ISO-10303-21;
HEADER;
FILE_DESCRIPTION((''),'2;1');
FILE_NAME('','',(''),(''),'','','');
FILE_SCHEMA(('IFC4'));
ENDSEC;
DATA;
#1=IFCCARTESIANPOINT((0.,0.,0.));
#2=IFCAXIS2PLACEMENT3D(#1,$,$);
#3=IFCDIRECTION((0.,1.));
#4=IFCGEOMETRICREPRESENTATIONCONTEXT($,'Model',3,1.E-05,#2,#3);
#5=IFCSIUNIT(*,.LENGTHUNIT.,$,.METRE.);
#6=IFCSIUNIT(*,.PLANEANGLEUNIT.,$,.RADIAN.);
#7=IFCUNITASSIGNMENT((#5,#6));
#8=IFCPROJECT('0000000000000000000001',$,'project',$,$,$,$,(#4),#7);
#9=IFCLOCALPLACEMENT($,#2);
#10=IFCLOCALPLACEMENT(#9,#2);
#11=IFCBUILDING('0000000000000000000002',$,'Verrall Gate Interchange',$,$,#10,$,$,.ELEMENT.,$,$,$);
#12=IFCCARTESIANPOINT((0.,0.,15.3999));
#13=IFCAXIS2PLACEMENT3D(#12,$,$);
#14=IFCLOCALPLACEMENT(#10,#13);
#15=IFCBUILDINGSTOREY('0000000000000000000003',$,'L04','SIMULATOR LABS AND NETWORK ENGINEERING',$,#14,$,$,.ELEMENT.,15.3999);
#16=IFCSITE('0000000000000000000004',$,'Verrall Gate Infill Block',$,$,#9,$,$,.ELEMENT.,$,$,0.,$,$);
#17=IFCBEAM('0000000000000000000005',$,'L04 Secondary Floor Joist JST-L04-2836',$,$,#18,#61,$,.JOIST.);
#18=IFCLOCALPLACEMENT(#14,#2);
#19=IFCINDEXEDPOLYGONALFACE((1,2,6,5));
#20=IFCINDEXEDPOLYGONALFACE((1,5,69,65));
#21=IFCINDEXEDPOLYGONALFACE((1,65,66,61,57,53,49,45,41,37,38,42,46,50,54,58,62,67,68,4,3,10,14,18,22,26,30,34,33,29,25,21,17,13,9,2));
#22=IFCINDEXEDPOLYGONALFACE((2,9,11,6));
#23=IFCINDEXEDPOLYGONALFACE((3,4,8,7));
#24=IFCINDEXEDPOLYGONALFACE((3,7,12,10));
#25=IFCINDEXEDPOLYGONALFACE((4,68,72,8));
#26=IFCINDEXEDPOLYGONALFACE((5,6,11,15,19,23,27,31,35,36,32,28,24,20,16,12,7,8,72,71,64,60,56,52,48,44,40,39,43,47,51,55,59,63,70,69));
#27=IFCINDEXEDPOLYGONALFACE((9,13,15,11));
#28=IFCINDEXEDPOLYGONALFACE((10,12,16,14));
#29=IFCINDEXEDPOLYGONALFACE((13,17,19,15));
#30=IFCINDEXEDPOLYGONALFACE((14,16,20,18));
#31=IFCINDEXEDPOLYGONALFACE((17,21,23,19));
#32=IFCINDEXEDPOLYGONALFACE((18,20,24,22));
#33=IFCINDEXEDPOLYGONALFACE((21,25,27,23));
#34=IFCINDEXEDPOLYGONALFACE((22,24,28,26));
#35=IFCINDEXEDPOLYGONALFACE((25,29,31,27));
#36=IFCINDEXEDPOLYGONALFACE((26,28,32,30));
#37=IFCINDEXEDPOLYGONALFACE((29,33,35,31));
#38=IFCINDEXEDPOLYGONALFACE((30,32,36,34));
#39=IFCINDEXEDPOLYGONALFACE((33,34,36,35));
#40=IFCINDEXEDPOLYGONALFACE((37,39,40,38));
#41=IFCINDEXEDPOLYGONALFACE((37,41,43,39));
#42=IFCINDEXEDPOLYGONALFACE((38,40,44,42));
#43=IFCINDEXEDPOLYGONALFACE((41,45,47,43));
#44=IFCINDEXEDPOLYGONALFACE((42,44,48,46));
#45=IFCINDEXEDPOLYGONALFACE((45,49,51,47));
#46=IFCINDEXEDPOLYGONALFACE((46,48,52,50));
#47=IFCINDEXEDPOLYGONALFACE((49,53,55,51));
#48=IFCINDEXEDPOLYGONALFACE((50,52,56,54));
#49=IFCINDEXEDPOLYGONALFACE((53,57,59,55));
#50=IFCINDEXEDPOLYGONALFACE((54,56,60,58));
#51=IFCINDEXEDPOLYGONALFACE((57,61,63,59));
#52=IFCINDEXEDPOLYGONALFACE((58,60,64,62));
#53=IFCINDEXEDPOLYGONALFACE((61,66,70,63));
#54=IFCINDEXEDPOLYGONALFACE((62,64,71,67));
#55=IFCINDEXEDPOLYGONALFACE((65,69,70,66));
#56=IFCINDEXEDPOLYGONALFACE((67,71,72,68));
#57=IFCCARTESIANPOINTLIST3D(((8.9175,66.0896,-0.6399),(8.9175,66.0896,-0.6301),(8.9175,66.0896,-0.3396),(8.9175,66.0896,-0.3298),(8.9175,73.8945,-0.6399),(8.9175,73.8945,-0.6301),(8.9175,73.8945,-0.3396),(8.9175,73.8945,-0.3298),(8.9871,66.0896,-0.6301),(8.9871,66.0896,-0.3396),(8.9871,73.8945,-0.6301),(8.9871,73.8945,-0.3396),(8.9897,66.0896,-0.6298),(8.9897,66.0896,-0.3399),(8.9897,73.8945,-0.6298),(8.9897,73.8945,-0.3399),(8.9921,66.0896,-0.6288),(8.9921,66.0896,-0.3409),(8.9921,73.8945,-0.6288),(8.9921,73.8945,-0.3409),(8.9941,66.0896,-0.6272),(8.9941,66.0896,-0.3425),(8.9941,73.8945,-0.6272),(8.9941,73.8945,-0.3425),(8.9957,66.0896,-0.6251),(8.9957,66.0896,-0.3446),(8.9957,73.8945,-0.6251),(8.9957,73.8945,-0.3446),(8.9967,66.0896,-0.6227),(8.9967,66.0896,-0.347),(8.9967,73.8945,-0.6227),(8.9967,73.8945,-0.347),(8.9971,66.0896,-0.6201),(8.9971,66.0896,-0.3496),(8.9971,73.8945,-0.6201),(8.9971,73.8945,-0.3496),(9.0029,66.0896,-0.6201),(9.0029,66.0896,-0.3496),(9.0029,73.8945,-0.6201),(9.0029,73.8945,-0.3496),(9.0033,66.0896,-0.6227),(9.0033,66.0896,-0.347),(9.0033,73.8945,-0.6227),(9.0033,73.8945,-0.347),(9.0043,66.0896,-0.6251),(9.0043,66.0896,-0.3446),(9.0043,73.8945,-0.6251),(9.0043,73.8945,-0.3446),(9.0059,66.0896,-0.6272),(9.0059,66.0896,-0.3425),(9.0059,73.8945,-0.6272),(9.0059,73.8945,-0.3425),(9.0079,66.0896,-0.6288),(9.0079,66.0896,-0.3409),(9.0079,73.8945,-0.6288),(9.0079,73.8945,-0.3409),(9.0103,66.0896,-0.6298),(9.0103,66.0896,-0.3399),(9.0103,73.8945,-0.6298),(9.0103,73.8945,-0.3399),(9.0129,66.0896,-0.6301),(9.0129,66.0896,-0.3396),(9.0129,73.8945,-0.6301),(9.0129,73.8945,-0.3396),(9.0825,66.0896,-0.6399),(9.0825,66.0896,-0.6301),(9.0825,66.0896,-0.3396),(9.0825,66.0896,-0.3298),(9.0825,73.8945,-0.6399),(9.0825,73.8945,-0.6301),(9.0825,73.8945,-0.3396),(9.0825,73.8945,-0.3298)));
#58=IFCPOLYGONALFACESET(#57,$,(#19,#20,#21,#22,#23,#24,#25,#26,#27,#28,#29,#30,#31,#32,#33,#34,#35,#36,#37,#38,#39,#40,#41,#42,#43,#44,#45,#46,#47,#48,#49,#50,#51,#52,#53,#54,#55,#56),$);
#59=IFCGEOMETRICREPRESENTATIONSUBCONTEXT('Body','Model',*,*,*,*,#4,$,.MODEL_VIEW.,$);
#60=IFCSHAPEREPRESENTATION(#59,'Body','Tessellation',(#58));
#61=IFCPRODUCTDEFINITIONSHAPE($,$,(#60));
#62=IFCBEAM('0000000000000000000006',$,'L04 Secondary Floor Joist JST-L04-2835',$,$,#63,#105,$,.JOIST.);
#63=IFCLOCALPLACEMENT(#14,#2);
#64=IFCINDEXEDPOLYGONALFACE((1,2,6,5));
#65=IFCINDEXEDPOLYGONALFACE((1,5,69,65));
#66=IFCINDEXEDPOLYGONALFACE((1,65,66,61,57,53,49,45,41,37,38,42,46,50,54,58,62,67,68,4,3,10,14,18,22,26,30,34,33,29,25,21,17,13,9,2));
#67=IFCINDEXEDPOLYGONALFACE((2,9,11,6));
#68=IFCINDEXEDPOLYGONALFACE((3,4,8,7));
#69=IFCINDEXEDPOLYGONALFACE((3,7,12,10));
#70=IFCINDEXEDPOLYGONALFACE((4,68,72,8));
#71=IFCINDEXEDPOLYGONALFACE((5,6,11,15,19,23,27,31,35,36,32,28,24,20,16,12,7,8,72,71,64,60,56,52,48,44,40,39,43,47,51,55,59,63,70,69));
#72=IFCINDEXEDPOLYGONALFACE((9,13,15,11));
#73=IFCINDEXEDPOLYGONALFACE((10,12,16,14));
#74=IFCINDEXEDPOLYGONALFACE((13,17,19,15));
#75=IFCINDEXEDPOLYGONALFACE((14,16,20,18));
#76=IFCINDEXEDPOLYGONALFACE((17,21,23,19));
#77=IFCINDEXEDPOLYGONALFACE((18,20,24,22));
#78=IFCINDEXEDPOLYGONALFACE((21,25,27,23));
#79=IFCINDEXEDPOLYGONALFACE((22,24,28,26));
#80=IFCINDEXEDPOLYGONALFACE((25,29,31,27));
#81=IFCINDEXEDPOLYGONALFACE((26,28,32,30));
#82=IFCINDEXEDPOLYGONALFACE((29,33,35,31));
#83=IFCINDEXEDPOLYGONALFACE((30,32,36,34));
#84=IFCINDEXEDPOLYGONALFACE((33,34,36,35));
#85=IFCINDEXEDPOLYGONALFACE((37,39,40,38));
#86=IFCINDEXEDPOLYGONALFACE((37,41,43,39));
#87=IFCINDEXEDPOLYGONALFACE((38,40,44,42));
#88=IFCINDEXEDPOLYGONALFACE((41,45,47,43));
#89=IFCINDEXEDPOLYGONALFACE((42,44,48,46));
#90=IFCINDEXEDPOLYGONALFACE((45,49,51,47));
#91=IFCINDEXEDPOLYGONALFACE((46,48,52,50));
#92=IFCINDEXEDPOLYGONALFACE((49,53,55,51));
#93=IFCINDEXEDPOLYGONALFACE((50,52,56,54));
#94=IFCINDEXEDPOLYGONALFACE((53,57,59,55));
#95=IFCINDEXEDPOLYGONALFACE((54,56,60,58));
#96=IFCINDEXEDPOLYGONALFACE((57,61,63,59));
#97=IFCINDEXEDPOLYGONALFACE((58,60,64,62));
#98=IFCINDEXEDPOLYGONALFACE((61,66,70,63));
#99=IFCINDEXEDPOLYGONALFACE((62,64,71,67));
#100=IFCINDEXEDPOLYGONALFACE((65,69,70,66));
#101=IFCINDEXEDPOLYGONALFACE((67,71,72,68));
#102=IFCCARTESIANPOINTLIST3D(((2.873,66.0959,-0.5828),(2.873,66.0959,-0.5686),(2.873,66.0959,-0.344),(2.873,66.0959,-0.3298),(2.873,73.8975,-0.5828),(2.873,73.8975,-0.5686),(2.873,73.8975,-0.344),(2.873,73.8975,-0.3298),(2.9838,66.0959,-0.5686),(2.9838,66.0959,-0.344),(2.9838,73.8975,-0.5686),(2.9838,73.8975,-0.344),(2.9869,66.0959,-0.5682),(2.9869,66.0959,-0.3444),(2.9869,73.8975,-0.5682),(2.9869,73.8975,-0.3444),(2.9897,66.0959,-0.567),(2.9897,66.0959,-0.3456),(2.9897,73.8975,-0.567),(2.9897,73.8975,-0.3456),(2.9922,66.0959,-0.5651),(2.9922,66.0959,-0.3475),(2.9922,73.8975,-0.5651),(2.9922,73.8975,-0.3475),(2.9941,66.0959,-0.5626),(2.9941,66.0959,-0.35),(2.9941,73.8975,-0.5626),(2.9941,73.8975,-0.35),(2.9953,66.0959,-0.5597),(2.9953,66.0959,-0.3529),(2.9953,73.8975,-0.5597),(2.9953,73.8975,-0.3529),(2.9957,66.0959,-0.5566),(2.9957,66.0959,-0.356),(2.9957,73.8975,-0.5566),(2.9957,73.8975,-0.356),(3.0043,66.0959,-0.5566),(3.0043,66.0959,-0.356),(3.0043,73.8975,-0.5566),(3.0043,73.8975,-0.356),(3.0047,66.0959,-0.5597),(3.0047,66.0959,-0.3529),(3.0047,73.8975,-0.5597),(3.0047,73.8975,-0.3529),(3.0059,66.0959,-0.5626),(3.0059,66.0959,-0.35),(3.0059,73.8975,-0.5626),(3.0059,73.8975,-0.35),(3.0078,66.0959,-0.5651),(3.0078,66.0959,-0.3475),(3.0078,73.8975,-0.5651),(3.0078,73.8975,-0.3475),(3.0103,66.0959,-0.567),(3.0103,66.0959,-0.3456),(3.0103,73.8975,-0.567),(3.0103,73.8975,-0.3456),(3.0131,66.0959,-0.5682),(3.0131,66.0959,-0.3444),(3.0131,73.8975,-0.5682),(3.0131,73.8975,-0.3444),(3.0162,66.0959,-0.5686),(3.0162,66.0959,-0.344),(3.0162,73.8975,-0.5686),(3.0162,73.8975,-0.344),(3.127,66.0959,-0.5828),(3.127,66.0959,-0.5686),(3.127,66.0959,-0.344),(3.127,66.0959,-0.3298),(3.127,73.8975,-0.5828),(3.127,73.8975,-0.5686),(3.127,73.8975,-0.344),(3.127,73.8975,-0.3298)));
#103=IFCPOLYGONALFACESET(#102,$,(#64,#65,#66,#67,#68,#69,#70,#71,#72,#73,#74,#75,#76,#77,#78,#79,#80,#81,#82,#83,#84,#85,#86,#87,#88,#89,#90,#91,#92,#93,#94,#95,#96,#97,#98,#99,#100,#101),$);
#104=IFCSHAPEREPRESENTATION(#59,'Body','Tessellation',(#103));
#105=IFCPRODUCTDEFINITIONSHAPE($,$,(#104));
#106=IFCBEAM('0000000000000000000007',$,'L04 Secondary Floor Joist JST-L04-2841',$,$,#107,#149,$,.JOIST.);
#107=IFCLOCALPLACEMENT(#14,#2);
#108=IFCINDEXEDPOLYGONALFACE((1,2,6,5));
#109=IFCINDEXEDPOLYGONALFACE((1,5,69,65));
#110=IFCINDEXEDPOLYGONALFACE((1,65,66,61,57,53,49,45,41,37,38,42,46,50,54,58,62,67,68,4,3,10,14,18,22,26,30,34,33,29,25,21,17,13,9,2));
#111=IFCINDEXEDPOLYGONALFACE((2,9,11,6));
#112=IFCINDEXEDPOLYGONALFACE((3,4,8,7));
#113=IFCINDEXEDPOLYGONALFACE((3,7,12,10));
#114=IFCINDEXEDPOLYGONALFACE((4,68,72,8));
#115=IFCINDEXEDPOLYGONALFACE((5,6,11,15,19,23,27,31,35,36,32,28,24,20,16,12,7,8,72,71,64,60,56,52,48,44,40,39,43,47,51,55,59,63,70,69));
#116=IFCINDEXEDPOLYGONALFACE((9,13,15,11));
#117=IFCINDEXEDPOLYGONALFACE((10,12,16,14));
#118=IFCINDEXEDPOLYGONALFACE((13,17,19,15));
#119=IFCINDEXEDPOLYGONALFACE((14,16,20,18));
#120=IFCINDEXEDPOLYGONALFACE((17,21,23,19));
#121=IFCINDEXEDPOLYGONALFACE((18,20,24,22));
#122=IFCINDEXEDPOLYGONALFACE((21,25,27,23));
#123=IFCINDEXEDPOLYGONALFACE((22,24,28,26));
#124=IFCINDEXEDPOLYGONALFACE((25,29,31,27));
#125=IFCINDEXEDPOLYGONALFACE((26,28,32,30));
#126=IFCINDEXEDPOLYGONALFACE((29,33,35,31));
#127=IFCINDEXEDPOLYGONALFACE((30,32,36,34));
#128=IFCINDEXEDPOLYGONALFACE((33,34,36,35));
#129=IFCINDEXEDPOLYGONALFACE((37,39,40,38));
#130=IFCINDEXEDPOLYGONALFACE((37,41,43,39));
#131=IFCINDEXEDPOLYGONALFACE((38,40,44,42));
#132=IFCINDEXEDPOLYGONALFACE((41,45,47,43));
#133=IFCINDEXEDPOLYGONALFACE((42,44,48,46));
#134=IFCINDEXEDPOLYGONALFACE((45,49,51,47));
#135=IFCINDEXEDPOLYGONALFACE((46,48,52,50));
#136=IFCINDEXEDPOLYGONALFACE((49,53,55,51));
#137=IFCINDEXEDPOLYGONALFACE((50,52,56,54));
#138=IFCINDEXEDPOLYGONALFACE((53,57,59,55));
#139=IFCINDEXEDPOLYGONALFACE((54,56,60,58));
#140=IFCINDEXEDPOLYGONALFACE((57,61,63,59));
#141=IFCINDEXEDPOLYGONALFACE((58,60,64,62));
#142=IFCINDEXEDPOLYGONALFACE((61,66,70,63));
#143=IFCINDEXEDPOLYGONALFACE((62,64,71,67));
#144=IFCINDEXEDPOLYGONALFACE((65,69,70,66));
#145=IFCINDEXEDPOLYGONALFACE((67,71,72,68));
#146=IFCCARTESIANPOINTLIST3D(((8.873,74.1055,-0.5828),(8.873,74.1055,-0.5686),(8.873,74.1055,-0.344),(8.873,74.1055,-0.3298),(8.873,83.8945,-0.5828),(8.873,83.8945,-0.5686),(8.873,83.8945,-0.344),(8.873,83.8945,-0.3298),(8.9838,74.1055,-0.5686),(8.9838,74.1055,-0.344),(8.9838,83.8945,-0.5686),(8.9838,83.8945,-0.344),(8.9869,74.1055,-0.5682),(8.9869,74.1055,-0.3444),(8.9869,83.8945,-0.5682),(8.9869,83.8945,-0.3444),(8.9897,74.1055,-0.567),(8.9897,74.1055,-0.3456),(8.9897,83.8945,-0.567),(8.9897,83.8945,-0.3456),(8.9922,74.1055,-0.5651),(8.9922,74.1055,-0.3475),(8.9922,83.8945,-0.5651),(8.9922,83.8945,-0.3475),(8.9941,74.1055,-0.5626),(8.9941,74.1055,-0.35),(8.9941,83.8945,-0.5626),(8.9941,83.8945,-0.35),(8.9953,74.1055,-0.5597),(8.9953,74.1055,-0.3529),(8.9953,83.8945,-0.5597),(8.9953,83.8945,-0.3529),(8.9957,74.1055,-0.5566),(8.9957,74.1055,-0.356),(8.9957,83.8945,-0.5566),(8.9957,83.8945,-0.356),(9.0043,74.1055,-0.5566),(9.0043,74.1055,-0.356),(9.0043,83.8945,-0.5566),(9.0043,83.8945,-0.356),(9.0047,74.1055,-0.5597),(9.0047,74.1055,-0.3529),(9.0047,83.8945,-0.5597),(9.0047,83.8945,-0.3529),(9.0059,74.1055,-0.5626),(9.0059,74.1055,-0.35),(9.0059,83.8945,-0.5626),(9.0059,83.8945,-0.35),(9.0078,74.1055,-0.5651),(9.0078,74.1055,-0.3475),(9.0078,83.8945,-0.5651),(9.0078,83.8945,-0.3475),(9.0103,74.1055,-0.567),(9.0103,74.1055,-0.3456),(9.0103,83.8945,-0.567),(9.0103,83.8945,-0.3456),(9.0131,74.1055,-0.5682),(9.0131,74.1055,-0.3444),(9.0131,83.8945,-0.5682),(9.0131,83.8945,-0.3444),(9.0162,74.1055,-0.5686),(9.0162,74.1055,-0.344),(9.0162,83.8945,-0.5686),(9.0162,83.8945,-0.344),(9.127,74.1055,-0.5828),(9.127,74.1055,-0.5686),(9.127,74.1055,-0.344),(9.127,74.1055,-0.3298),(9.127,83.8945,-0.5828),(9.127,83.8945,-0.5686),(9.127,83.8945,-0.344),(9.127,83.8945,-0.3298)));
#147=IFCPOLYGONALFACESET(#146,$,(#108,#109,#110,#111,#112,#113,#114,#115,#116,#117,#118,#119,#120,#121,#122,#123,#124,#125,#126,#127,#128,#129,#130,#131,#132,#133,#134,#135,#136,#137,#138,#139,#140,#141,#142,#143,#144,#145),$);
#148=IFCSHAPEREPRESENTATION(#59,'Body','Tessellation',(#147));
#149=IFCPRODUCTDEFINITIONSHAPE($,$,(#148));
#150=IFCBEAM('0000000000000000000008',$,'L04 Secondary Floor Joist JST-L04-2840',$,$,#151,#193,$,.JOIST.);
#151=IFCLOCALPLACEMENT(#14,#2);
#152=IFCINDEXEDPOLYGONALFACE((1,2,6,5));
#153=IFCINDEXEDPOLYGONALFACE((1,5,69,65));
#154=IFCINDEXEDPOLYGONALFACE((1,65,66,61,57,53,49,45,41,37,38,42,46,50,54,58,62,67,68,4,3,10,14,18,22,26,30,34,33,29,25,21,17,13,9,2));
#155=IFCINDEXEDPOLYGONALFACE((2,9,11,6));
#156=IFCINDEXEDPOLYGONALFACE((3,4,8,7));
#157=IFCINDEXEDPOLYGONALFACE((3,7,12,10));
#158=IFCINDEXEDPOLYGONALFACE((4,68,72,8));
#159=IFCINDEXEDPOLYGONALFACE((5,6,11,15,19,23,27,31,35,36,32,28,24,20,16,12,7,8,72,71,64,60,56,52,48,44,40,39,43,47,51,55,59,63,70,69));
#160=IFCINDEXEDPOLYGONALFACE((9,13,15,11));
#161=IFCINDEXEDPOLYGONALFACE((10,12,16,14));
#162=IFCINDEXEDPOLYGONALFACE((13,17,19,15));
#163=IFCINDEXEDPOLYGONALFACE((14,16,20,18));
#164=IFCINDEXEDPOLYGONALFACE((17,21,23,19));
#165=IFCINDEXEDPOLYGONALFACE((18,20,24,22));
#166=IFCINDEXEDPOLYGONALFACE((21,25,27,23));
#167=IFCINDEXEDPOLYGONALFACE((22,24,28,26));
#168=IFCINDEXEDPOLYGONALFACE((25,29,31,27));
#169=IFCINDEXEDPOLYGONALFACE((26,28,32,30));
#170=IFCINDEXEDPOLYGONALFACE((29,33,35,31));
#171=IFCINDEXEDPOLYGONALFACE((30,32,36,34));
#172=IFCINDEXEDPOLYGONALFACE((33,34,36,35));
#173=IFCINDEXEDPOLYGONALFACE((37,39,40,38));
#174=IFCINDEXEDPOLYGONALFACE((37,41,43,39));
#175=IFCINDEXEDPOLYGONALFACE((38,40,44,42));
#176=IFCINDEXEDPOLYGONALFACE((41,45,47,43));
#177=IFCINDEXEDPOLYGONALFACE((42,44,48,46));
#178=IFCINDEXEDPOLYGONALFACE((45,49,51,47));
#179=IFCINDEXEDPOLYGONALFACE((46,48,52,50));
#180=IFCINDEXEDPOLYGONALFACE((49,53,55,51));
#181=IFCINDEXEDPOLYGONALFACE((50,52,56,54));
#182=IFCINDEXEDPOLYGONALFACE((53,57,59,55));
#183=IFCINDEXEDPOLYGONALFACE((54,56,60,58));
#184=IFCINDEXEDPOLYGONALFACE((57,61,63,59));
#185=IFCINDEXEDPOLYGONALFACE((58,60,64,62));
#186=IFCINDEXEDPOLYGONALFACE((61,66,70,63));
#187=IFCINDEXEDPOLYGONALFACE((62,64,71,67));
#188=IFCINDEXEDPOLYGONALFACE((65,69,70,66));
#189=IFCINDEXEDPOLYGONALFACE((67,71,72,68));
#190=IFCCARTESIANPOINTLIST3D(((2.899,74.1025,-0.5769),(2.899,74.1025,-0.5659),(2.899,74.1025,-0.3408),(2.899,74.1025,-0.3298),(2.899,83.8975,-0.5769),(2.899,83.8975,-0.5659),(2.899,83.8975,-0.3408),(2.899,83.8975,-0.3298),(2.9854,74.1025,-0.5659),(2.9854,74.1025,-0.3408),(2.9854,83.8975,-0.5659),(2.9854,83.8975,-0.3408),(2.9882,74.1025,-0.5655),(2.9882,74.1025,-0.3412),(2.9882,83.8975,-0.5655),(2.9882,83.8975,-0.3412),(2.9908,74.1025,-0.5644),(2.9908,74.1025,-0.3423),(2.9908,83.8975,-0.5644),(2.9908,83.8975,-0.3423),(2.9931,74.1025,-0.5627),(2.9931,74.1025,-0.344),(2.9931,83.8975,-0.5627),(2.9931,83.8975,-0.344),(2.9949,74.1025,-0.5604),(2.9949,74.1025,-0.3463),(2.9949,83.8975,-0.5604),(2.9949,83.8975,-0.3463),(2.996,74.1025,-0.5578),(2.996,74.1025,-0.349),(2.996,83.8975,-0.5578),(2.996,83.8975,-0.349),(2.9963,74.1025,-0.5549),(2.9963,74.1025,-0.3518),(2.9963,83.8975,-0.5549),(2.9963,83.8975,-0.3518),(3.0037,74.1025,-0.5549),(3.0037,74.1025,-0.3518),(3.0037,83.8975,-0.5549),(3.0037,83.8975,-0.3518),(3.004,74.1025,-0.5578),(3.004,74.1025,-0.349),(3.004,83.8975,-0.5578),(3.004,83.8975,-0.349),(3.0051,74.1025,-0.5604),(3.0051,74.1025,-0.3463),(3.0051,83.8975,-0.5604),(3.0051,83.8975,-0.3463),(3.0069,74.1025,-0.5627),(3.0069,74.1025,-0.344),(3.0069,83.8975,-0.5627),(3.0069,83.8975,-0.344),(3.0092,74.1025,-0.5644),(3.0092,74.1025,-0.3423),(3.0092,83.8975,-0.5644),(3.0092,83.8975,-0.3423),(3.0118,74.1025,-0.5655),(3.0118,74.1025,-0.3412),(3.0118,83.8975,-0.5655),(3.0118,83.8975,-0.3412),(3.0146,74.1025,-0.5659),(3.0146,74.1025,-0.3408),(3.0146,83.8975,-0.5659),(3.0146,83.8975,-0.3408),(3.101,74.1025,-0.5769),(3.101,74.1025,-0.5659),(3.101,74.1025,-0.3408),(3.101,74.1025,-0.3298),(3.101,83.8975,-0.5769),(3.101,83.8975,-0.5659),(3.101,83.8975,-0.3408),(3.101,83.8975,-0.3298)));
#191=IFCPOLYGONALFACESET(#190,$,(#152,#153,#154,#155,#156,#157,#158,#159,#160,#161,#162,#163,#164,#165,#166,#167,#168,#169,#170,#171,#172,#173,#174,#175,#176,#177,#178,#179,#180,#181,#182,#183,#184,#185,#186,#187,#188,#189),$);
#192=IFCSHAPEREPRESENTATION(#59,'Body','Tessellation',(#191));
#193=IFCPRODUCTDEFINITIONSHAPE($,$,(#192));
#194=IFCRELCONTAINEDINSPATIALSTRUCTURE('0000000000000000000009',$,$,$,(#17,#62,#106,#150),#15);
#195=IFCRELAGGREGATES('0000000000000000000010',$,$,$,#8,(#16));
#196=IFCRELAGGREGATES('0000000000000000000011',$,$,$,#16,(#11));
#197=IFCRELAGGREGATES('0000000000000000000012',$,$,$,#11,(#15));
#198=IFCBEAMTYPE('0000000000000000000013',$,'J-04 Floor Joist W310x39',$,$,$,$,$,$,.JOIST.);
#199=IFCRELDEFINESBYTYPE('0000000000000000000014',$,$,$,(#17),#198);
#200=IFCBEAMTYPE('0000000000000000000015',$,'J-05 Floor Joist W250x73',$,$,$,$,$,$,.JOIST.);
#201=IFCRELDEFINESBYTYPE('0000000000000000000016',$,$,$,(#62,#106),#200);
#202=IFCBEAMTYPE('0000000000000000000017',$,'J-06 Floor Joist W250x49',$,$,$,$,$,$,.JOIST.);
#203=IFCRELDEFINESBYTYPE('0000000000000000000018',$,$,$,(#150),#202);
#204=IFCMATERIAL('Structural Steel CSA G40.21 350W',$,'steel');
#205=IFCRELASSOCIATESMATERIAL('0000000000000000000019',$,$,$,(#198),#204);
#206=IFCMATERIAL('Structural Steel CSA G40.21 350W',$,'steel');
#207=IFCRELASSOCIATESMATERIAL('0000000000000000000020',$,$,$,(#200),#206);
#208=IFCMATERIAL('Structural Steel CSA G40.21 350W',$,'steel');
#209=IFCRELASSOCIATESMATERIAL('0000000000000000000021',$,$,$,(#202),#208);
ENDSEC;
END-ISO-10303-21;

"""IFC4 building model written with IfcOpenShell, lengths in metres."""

from ifc_helpers import new_model, si_unit, direction, frame, origin, origin_2d, place, context, subcontext, project, spatial, i_section, extrude, material, material_profile, profile_set, type_object, element, save


model = new_model("IFC4")

# Units and contexts
model_context = context("Model", 3, precision=1e-05, world=origin(), true_north=direction((0.0, 1.0)))
body_context = subcontext(model_context, "Body", "Model", "MODEL_VIEW")
ifc_project = project(units=[si_unit("LENGTHUNIT", "METRE"), si_unit("PLANEANGLEUNIT", "RADIAN")], contexts=[model_context])

# Site, building, storey
site_placement = place(None, origin())
site = spatial("IfcSite", under=ifc_project, at=site_placement, Name="Verrall Gate Infill Block", CompositionType="ELEMENT", RefElevation=0.0)
building_placement = place(site_placement, origin())
building = spatial("IfcBuilding", under=site, at=building_placement, Name="Verrall Gate Interchange", CompositionType="ELEMENT")
storey_placement = place(building_placement, frame((0.0, 0.0, 15.3999)))
storey = spatial("IfcBuildingStorey", under=building, at=storey_placement, Name="L04", Description="SIMULATOR LABS AND NETWORK ENGINEERING", CompositionType="ELEMENT", Elevation=15.3999)

# Beams
ifc_material_1 = material(Name="Structural Steel CSA G40.21 350W", Category="steel")
ifc_material_profile_1 = material_profile(ifc_material_1, i_section(OverallWidth=0.165, OverallDepth=0.3101, WebThickness=0.0059, FlangeThickness=0.0098, FilletRadius=0.01, at=origin_2d()), Name="W310x39")
ifc_profile_set_1 = profile_set([ifc_material_profile_1], Name="Structural Steel CSA G40.21 350W")
beam_type_1 = type_object("IfcBeamType", Name="J-04 Floor Joist W310x39", PredefinedType="JOIST", material=ifc_profile_set_1)
beam_1_placement = place(storey_placement, frame((9.0, 66.0896, -0.4849), z_axis=(0.0, 1.0, 0.0), x_axis=(-1.0, 0.0, 0.0)))
element("IfcBeam", 1, at=beam_1_placement, inside=storey, type_object=beam_type_1, Name="L04 Secondary Floor Joist JST-L04-2836", PredefinedType="JOIST", context=body_context, shape_type="SweptSolid", body=[
    extrude(i_section(OverallWidth=0.165, OverallDepth=0.3101, WebThickness=0.0059, FlangeThickness=0.0098, FilletRadius=0.01, at=origin_2d()), origin(), (0.0, 0.0, 1.0), 7.8049),
])
ifc_material_2 = material(Name="Structural Steel CSA G40.21 350W", Category="steel")
ifc_material_profile_2 = material_profile(ifc_material_2, i_section(OverallWidth=0.2539, OverallDepth=0.2529, WebThickness=0.0085, FlangeThickness=0.0142, FilletRadius=0.012, at=origin_2d()), Name="W250x73")
ifc_profile_set_2 = profile_set([ifc_material_profile_2], Name="Structural Steel CSA G40.21 350W")
beam_type_2 = type_object("IfcBeamType", Name="J-05 Floor Joist W250x73", PredefinedType="JOIST", material=ifc_profile_set_2)
beam_2_placement = place(storey_placement, frame((3.0, 66.0959, -0.4563), z_axis=(0.0, 1.0, 0.0), x_axis=(-1.0, 0.0, 0.0)))
element("IfcBeam", 2, at=beam_2_placement, inside=storey, type_object=beam_type_2, Name="L04 Secondary Floor Joist JST-L04-2835", PredefinedType="JOIST", context=body_context, shape_type="SweptSolid", body=[
    extrude(i_section(OverallWidth=0.2539, OverallDepth=0.2529, WebThickness=0.0085, FlangeThickness=0.0142, FilletRadius=0.012, at=origin_2d()), origin(), (0.0, 0.0, 1.0), 7.8015),
])
beam_3_placement = place(storey_placement, frame((9.0, 74.1055, -0.4563), z_axis=(0.0, 1.0, 0.0), x_axis=(-1.0, 0.0, 0.0)))
element("IfcBeam", 3, at=beam_3_placement, inside=storey, type_object=beam_type_2, Name="L04 Secondary Floor Joist JST-L04-2841", PredefinedType="JOIST", context=body_context, shape_type="SweptSolid", body=[
    extrude(i_section(OverallWidth=0.2539, OverallDepth=0.2529, WebThickness=0.0085, FlangeThickness=0.0142, FilletRadius=0.012, at=origin_2d()), origin(), (0.0, 0.0, 1.0), 9.7891),
])
ifc_material_3 = material(Name="Structural Steel CSA G40.21 350W", Category="steel")
ifc_material_profile_3 = material_profile(ifc_material_3, i_section(OverallWidth=0.2019, OverallDepth=0.2471, WebThickness=0.0073, FlangeThickness=0.011, FilletRadius=0.011, at=origin_2d()), Name="W250x49")
ifc_profile_set_3 = profile_set([ifc_material_profile_3], Name="Structural Steel CSA G40.21 350W")
beam_type_3 = type_object("IfcBeamType", Name="J-06 Floor Joist W250x49", PredefinedType="JOIST", material=ifc_profile_set_3)
beam_4_placement = place(storey_placement, frame((3.0, 74.1025, -0.4534), z_axis=(0.0, 1.0, 0.0), x_axis=(-1.0, 0.0, 0.0)))
element("IfcBeam", 4, at=beam_4_placement, inside=storey, type_object=beam_type_3, Name="L04 Secondary Floor Joist JST-L04-2840", PredefinedType="JOIST", context=body_context, shape_type="SweptSolid", body=[
    extrude(i_section(OverallWidth=0.2019, OverallDepth=0.2471, WebThickness=0.0073, FlangeThickness=0.011, FilletRadius=0.011, at=origin_2d()), origin(), (0.0, 0.0, 1.0), 9.7949),
])

save(model, "model.ifc")
